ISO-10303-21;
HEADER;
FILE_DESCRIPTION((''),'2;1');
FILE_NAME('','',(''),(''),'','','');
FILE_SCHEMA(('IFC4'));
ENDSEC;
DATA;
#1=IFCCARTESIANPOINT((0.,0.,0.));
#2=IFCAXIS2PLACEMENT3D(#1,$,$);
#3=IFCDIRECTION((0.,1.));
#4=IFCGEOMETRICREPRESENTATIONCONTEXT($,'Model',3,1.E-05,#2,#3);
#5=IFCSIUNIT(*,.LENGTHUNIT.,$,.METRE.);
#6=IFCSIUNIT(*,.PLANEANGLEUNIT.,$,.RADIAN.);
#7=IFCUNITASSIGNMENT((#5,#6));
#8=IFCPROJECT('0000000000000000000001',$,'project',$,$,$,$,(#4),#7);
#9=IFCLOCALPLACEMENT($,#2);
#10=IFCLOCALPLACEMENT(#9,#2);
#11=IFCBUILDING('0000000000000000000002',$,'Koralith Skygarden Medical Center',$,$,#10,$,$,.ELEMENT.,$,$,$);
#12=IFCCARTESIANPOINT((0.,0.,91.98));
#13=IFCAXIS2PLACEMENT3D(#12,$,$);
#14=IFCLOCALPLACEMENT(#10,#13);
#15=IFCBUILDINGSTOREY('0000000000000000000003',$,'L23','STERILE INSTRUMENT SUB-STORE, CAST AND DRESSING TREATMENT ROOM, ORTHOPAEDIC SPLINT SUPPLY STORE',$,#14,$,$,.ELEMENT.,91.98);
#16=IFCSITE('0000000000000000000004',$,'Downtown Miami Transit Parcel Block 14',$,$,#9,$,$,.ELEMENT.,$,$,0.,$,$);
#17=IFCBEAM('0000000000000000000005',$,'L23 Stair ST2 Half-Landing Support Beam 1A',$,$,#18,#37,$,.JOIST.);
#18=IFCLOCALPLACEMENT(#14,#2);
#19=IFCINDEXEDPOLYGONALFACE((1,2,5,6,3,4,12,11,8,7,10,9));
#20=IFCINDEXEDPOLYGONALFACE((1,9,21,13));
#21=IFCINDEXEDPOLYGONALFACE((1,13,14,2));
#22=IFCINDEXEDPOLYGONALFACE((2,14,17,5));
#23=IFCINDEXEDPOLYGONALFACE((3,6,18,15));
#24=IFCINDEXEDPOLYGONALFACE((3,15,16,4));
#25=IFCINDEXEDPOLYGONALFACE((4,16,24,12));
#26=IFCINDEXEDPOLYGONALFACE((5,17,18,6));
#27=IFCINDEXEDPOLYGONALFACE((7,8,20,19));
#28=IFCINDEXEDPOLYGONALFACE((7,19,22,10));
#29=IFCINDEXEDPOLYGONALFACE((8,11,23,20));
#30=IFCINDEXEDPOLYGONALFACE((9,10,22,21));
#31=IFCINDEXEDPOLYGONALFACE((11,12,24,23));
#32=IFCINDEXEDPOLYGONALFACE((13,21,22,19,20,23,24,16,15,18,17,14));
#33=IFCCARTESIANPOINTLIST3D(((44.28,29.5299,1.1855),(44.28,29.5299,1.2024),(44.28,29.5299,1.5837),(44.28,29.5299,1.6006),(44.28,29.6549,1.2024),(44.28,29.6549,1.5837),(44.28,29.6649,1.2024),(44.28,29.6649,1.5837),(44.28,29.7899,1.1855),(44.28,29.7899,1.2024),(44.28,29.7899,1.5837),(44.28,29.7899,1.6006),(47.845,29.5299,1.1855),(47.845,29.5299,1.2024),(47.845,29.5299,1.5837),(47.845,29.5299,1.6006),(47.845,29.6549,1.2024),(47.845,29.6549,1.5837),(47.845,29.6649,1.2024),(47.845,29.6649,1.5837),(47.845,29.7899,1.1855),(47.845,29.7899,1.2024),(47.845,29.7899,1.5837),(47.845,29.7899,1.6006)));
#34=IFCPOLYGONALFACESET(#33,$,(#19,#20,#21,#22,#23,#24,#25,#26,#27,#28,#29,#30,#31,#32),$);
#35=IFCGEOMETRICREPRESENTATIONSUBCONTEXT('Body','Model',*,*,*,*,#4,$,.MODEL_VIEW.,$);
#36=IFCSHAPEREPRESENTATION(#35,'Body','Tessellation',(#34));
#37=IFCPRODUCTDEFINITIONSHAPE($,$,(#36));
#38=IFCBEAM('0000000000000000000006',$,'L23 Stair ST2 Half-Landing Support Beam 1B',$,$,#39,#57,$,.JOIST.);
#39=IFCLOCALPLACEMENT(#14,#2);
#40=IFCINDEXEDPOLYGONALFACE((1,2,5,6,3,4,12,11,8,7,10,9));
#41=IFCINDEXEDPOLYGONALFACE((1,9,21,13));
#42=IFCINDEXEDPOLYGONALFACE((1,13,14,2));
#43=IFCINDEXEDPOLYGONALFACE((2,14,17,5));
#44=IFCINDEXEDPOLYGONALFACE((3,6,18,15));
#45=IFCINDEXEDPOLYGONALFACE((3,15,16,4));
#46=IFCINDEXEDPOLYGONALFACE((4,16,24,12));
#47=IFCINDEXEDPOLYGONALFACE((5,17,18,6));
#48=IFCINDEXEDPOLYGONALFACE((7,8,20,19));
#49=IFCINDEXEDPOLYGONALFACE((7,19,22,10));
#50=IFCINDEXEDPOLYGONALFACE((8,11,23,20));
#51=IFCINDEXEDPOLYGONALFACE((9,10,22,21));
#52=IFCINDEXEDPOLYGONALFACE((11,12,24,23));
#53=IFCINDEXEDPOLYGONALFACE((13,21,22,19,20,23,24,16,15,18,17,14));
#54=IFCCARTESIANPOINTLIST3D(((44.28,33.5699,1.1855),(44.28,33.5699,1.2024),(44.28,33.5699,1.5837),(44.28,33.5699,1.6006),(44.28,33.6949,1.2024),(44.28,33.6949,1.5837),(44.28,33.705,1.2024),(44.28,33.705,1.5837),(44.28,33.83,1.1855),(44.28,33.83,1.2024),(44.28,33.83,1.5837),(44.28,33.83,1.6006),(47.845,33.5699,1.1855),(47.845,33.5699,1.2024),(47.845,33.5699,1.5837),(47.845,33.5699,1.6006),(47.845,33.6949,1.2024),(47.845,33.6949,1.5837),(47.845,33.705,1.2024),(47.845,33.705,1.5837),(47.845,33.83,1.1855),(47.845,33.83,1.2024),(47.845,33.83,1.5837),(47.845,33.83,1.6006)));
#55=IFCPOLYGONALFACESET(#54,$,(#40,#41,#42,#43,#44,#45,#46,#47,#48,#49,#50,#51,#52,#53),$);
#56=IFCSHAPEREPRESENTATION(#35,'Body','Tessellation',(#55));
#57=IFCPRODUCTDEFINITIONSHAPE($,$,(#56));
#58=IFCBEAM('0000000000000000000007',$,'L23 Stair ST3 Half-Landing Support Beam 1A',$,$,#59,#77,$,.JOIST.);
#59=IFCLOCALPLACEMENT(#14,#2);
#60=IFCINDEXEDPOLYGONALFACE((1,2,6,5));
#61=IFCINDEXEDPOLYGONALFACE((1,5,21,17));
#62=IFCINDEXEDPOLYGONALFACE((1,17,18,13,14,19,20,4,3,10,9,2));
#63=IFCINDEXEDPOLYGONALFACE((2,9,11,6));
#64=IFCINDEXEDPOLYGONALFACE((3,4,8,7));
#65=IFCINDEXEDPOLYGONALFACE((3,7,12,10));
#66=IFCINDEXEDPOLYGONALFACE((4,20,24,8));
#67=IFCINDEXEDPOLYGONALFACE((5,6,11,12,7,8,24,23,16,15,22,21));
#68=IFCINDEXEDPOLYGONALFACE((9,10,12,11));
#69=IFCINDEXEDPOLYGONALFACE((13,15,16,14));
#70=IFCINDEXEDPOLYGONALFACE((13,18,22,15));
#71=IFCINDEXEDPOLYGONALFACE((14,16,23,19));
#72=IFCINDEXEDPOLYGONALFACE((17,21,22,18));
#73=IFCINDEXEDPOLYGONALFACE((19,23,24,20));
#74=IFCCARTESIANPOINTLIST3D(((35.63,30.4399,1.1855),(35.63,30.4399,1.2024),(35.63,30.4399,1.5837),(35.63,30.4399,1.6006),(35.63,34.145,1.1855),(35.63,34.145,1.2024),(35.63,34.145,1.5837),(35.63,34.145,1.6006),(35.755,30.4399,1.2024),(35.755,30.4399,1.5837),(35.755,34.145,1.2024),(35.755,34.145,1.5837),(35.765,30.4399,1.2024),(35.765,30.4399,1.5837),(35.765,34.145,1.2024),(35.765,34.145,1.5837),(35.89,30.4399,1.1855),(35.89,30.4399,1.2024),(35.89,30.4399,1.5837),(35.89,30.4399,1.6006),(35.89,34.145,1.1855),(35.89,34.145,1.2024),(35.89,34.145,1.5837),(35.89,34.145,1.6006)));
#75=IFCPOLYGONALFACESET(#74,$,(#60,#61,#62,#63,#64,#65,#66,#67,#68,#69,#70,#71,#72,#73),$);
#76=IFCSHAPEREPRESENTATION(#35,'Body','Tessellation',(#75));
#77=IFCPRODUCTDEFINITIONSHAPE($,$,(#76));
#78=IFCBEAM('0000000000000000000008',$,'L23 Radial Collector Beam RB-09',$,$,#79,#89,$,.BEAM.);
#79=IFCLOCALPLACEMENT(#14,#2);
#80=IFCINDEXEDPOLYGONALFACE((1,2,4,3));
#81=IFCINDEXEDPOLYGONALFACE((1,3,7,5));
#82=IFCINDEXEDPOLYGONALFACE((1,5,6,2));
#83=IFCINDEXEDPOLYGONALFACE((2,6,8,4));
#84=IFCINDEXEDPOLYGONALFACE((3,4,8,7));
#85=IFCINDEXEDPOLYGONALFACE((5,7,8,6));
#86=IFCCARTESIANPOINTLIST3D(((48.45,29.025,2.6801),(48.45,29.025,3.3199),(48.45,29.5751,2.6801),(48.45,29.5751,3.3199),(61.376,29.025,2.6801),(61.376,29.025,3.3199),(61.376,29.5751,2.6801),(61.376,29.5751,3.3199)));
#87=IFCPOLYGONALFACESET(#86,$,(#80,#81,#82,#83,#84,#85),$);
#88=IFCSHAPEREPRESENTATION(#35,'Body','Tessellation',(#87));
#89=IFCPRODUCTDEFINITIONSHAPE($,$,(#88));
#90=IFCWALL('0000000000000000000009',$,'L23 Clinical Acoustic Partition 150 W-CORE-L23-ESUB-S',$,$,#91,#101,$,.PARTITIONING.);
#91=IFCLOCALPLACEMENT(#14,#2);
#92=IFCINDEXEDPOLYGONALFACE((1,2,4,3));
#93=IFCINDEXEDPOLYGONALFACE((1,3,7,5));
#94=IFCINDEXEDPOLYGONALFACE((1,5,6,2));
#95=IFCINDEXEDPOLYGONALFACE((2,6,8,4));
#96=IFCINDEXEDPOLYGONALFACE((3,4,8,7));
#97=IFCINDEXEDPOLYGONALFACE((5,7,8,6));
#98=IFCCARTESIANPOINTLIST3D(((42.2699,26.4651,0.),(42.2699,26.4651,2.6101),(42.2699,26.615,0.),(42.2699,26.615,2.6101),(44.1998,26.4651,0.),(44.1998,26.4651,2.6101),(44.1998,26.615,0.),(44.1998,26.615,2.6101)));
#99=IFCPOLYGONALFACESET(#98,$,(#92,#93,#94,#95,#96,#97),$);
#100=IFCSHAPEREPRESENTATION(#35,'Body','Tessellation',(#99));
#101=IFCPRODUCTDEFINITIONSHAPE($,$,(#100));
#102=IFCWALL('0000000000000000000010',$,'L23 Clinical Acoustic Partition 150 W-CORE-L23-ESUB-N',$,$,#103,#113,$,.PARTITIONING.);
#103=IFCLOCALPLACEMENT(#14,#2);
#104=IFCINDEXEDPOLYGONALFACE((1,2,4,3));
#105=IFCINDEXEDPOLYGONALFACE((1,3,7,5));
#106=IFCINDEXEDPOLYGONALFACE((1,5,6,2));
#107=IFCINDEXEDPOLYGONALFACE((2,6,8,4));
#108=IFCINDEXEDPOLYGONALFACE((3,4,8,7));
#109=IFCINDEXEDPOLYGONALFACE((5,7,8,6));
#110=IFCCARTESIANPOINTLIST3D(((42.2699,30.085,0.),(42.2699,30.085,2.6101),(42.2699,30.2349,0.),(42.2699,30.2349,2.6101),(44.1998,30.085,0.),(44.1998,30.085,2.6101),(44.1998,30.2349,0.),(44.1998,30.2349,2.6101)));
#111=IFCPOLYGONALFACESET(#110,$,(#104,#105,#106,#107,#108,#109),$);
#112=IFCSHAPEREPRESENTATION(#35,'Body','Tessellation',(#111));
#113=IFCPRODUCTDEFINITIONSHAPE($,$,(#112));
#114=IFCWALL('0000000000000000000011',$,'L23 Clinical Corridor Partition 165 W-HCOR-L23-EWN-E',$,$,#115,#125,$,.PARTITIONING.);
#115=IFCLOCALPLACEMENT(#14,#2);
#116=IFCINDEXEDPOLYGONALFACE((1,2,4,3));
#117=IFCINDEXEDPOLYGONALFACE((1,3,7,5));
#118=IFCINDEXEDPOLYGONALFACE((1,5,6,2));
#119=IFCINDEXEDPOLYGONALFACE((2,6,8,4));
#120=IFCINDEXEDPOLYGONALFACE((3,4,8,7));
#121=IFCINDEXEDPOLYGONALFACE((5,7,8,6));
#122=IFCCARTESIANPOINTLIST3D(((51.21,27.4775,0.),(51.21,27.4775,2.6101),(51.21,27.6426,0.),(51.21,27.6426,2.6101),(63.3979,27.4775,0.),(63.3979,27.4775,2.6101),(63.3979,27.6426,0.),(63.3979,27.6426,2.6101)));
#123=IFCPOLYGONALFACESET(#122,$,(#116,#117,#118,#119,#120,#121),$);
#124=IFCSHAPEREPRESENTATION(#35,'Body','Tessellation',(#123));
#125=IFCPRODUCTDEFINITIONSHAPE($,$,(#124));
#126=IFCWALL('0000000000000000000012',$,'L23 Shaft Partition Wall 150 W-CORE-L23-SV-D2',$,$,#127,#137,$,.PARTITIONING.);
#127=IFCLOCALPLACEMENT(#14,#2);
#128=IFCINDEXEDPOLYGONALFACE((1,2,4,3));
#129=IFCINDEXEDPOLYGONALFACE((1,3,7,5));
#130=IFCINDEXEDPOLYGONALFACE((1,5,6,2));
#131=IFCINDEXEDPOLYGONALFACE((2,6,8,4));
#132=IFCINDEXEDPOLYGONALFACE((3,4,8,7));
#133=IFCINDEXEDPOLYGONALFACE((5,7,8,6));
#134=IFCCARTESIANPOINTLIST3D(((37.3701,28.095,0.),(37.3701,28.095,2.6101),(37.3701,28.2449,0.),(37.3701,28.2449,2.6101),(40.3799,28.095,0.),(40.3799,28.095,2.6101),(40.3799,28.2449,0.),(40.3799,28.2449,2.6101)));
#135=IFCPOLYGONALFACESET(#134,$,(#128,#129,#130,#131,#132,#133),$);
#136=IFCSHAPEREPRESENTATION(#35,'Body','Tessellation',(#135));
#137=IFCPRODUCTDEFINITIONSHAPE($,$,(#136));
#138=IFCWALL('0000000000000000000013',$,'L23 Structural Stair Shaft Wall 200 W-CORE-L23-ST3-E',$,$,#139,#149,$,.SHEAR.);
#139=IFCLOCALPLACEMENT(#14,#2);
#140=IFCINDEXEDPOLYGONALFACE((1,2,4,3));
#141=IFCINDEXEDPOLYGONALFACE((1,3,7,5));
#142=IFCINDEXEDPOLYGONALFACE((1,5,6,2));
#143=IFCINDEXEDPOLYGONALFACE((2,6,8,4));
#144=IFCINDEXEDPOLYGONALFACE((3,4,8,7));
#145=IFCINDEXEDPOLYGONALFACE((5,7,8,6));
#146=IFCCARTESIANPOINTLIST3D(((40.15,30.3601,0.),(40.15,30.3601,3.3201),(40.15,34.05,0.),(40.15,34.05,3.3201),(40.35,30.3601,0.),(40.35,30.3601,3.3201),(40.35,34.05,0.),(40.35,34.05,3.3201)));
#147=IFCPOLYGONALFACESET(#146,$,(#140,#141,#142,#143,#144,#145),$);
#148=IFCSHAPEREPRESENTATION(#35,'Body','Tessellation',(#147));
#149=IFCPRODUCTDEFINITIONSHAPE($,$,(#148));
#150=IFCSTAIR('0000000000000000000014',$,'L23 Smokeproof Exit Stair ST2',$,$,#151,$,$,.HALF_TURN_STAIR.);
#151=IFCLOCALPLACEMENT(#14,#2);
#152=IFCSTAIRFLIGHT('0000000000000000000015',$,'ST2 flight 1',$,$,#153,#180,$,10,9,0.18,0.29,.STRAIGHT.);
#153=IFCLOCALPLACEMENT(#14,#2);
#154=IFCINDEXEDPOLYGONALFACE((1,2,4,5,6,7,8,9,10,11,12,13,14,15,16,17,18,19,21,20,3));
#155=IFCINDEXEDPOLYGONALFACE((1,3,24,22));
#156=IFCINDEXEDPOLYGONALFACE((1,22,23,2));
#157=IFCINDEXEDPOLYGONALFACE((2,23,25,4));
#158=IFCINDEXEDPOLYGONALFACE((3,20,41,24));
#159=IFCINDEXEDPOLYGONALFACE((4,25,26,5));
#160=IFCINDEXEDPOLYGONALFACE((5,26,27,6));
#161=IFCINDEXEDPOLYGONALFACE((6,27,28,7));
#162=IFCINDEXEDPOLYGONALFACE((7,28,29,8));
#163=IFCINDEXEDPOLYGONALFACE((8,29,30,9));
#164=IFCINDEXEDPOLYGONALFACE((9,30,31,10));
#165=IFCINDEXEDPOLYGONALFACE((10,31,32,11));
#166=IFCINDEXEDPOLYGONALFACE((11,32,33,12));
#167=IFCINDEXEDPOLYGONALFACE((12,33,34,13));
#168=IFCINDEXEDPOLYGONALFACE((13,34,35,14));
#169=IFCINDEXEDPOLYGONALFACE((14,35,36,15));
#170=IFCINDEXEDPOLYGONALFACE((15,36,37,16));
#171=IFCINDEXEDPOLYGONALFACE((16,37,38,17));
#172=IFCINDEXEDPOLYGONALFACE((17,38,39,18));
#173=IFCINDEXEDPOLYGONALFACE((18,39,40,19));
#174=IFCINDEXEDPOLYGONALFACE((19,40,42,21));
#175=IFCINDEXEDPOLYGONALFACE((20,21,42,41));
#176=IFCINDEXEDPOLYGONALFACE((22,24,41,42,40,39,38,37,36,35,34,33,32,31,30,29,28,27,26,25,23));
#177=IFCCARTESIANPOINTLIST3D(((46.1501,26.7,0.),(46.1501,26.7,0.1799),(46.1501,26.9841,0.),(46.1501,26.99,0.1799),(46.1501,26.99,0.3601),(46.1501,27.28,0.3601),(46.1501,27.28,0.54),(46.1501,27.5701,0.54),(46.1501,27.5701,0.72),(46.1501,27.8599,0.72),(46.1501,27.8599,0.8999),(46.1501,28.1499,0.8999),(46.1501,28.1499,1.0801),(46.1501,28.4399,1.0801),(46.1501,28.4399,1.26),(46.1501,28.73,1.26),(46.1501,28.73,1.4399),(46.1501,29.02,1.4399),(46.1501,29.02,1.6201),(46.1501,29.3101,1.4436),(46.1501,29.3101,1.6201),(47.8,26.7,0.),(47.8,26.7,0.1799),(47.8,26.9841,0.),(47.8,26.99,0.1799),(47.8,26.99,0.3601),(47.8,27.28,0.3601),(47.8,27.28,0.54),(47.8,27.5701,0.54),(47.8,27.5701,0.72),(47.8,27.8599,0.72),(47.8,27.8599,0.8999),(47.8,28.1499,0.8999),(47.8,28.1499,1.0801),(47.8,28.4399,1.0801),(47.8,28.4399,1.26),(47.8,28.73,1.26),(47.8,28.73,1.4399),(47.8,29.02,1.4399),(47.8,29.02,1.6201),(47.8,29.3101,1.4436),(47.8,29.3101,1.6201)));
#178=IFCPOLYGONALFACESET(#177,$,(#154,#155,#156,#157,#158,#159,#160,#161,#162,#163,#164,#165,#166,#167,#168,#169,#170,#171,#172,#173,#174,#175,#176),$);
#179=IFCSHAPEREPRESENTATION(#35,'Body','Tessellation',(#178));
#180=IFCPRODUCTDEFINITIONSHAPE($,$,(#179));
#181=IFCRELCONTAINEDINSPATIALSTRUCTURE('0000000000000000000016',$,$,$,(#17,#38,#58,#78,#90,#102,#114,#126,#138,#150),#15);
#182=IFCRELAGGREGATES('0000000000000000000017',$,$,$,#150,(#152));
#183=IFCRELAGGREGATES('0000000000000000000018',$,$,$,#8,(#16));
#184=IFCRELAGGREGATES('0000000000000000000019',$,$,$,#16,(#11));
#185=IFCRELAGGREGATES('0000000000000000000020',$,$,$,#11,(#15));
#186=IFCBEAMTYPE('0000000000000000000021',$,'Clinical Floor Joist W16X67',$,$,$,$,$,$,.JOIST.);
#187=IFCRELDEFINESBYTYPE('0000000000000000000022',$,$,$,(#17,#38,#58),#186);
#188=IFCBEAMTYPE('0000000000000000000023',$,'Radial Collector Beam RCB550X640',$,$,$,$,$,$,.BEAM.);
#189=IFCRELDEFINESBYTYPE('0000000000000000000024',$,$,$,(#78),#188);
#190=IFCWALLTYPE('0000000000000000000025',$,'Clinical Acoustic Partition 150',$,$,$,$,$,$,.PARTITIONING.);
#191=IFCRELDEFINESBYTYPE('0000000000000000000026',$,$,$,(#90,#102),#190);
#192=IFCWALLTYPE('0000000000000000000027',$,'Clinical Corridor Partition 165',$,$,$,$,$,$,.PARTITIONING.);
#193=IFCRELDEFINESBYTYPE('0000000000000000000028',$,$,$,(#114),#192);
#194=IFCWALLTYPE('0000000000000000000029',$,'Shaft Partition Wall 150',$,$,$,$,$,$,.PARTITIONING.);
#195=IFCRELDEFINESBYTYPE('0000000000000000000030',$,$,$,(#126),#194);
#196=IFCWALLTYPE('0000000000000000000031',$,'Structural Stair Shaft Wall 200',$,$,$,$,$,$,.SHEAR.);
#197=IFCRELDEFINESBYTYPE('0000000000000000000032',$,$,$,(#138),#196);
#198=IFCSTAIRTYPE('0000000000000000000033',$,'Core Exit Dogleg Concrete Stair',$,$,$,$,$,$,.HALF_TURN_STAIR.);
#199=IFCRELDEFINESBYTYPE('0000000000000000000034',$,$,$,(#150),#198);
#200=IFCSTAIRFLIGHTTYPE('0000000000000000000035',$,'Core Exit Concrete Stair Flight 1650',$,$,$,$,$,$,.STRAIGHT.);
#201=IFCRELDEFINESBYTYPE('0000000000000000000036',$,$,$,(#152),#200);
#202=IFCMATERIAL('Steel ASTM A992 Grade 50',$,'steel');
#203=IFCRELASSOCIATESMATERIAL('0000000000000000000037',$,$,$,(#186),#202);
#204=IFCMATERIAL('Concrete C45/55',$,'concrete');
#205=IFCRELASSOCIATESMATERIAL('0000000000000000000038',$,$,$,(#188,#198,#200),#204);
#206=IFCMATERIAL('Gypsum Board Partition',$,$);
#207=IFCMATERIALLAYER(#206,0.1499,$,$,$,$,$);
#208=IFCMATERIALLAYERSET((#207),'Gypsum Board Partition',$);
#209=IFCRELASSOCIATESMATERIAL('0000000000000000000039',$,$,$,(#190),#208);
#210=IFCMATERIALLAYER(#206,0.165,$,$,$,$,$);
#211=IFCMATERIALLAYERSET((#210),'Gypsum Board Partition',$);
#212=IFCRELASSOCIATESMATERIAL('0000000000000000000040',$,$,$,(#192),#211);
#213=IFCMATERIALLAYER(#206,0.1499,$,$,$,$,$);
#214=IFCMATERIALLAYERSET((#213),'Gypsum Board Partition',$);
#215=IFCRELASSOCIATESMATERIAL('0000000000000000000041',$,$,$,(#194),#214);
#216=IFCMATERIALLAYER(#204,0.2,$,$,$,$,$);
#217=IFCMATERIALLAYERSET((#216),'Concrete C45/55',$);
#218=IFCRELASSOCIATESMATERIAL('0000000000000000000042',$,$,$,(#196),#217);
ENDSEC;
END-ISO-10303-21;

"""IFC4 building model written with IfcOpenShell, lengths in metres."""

from ifc_helpers import new_model, si_unit, direction, frame, frame_2d, origin, origin_2d, place, context, subcontext, project, spatial, polyline, rectangle, i_section, outline, extrude, material, layer, layer_set, material_profile, profile_set, type_object, element, aggregate, save


model = new_model("IFC4")

# Units and contexts
model_context = context("Model", 3, precision=1e-05, world=origin(), true_north=direction((0.0, 1.0)))
body_context = subcontext(model_context, "Body", "Model", "MODEL_VIEW")
ifc_project = project(units=[si_unit("LENGTHUNIT", "METRE"), si_unit("PLANEANGLEUNIT", "RADIAN")], contexts=[model_context])

# Site, building, storey
site_placement = place(None, origin())
site = spatial("IfcSite", under=ifc_project, at=site_placement, Name="Downtown Miami Transit Parcel Block 14", CompositionType="ELEMENT", RefElevation=0.0)
building_placement = place(site_placement, origin())
building = spatial("IfcBuilding", under=site, at=building_placement, Name="Koralith Skygarden Medical Center", CompositionType="ELEMENT")
storey_placement = place(building_placement, frame((0.0, 0.0, 91.98)))
storey = spatial("IfcBuildingStorey", under=building, at=storey_placement, Name="L23", Description="STERILE INSTRUMENT SUB-STORE, CAST AND DRESSING TREATMENT ROOM, ORTHOPAEDIC SPLINT SUPPLY STORE", CompositionType="ELEMENT", Elevation=91.98)

# Beams
ifc_material_1 = material(Name="Steel ASTM A992 Grade 50", Category="steel")
ifc_material_profile_1 = material_profile(ifc_material_1, i_section(OverallWidth=0.26, OverallDepth=0.415, WebThickness=0.01, FlangeThickness=0.0168, at=origin_2d()), Name="W16X67")
ifc_profile_set_1 = profile_set([ifc_material_profile_1], Name="Steel ASTM A992 Grade 50")
beam_type_1 = type_object("IfcBeamType", Name="Clinical Floor Joist W16X67", PredefinedType="JOIST", material=ifc_profile_set_1)
for number, where, z_axis, x_axis, name in (
    (1, (44.28, 29.6599, 1.3931), (1.0, 0.0, 0.0), (0.0, 1.0, 0.0), "L23 Stair ST2 Half-Landing Support Beam 1A"),
    (2, (44.28, 33.7, 1.3931), (1.0, 0.0, 0.0), (0.0, 1.0, 0.0), "L23 Stair ST2 Half-Landing Support Beam 1B"),
):
    element("IfcBeam", number, at=place(storey_placement, frame(where, z_axis=z_axis, x_axis=x_axis)), inside=storey, type_object=beam_type_1, Name=name, PredefinedType="JOIST", context=body_context, shape_type="SweptSolid", body=[
        extrude(i_section(OverallWidth=0.26, OverallDepth=0.415, WebThickness=0.01, FlangeThickness=0.0168, at=origin_2d()), origin(), (0.0, 0.0, 1.0), 3.5649),
    ])
beam_1_placement = place(storey_placement, frame((35.76, 30.4399, 1.3931), z_axis=(0.0, 1.0, 0.0), x_axis=(-1.0, 0.0, 0.0)))
element("IfcBeam", 3, at=beam_1_placement, inside=storey, type_object=beam_type_1, Name="L23 Stair ST3 Half-Landing Support Beam 1A", PredefinedType="JOIST", context=body_context, shape_type="SweptSolid", body=[
    extrude(i_section(OverallWidth=0.26, OverallDepth=0.415, WebThickness=0.01, FlangeThickness=0.0168, at=origin_2d()), origin(), (0.0, 0.0, 1.0), 3.7051),
])
ifc_material_2 = material(Name="Concrete C45/55", Category="concrete")
ifc_material_profile_2 = material_profile(ifc_material_2, rectangle(XDim=0.55, YDim=0.6399, at=origin_2d()), Name="RCB550X640")
ifc_profile_set_2 = profile_set([ifc_material_profile_2], Name="Concrete C45/55")
beam_type_2 = type_object("IfcBeamType", Name="Radial Collector Beam RCB550X640", PredefinedType="BEAM", material=ifc_profile_set_2)
beam_2_placement = place(storey_placement, frame((48.45, 29.3, 3.0), z_axis=(1.0, 0.0, 0.0), x_axis=(0.0, 1.0, 0.0)))
element("IfcBeam", 4, at=beam_2_placement, inside=storey, type_object=beam_type_2, Name="L23 Radial Collector Beam RB-09", PredefinedType="BEAM", context=body_context, shape_type="SweptSolid", body=[
    extrude(rectangle(XDim=0.55, YDim=0.6399, at=origin_2d()), origin(), (0.0, 0.0, 1.0), 12.926),
])

# Walls
ifc_material_3 = material(Name="Gypsum Board Partition")
ifc_layer_1 = layer(ifc_material_3, 0.1499)
ifc_layer_set_1 = layer_set([ifc_layer_1], Name="Gypsum Board Partition")
wall_type_1 = type_object("IfcWallType", Name="Clinical Acoustic Partition 150", PredefinedType="PARTITIONING", material=ifc_layer_set_1)
for number, where, z_axis, x_axis, name in (
    (5, (42.27, 26.54, 0.0), (0.0, 0.0, 1.0), (1.0, 0.0, 0.0), "L23 Clinical Acoustic Partition 150 W-CORE-L23-ESUB-S"),
    (6, (42.27, 30.1599, 0.0), (0.0, 0.0, 1.0), (1.0, 0.0, 0.0), "L23 Clinical Acoustic Partition 150 W-CORE-L23-ESUB-N"),
):
    element("IfcWall", number, at=place(storey_placement, frame(where, z_axis=z_axis, x_axis=x_axis)), inside=storey, type_object=wall_type_1, Name=name, PredefinedType="PARTITIONING", context=body_context, shape_type="SweptSolid", body=[
        extrude(rectangle(XDim=1.9299, YDim=0.1499, at=frame_2d((0.9648, 0.0))), origin(), (0.0, 0.0, 1.0), 2.6101),
    ])
ifc_layer_2 = layer(ifc_material_3, 0.165)
ifc_layer_set_2 = layer_set([ifc_layer_2], Name="Gypsum Board Partition")
wall_type_2 = type_object("IfcWallType", Name="Clinical Corridor Partition 165", PredefinedType="PARTITIONING", material=ifc_layer_set_2)
wall_1_placement = place(storey_placement, frame((51.21, 27.5601, 0.0), z_axis=(0.0, 0.0, 1.0), x_axis=(1.0, 0.0, 0.0)))
element("IfcWall", 7, at=wall_1_placement, inside=storey, type_object=wall_type_2, Name="L23 Clinical Corridor Partition 165 W-HCOR-L23-EWN-E", PredefinedType="PARTITIONING", context=body_context, shape_type="SweptSolid", body=[
    extrude(rectangle(XDim=12.188, YDim=0.165, at=frame_2d((6.094, 0.0))), origin(), (0.0, 0.0, 1.0), 2.6101),
])
ifc_layer_3 = layer(ifc_material_3, 0.1499)
ifc_layer_set_3 = layer_set([ifc_layer_3], Name="Gypsum Board Partition")
wall_type_3 = type_object("IfcWallType", Name="Shaft Partition Wall 150", PredefinedType="PARTITIONING", material=ifc_layer_set_3)
wall_2_placement = place(storey_placement, frame((37.3701, 28.1699, 0.0), z_axis=(0.0, 0.0, 1.0), x_axis=(1.0, 0.0, 0.0)))
element("IfcWall", 8, at=wall_2_placement, inside=storey, type_object=wall_type_3, Name="L23 Shaft Partition Wall 150 W-CORE-L23-SV-D2", PredefinedType="PARTITIONING", context=body_context, shape_type="SweptSolid", body=[
    extrude(rectangle(XDim=3.0098, YDim=0.1499, at=frame_2d((1.5049, 0.0))), origin(), (0.0, 0.0, 1.0), 2.6101),
])
ifc_layer_4 = layer(ifc_material_2, 0.2)
ifc_layer_set_4 = layer_set([ifc_layer_4], Name="Concrete C45/55")
wall_type_4 = type_object("IfcWallType", Name="Structural Stair Shaft Wall 200", PredefinedType="SHEAR", material=ifc_layer_set_4)
wall_3_placement = place(storey_placement, frame((40.25, 30.3601, 0.0), z_axis=(0.0, 0.0, 1.0), x_axis=(0.0, 1.0, 0.0)))
element("IfcWall", 9, at=wall_3_placement, inside=storey, type_object=wall_type_4, Name="L23 Structural Stair Shaft Wall 200 W-CORE-L23-ST3-E", PredefinedType="SHEAR", context=body_context, shape_type="SweptSolid", body=[
    extrude(rectangle(XDim=3.6899, YDim=0.2, at=frame_2d((1.845, 0.0))), origin(), (0.0, 0.0, 1.0), 3.3201),
])

# Stair, stair flight
stair_type = type_object("IfcStairType", Name="Core Exit Dogleg Concrete Stair", PredefinedType="HALF_TURN_STAIR", material=ifc_material_2)
stair_placement = place(storey_placement, origin())
stair = element("IfcStair", 10, at=stair_placement, inside=storey, type_object=stair_type, Name="L23 Smokeproof Exit Stair ST2", PredefinedType="HALF_TURN_STAIR")
stair_flight_type = type_object("IfcStairFlightType", Name="Core Exit Concrete Stair Flight 1650", PredefinedType="STRAIGHT", material=ifc_material_2)
stair_flight_1_placement = place(storey_placement, frame((46.9751, 26.7, 0.0), z_axis=(0.0, 0.0, 1.0), x_axis=(0.0, 1.0, 0.0)))
stair_flight_1 = element("IfcStairFlight", 11, at=stair_flight_1_placement, type_object=stair_flight_type, Name="ST2 flight 1", NumberOfRisers=10, NumberOfTreads=9, PredefinedType="STRAIGHT", RiserHeight=0.18, TreadLength=0.29, context=body_context, shape_type="SweptSolid", body=[
    extrude(outline(polyline([(0.0, 0.0), (0.0, 0.1799), (0.29, 0.1799), (0.29, 0.3601), (0.5801, 0.3601), (0.5801, 0.54), (0.8701, 0.54), (0.8701, 0.72), (1.1599, 0.72), (1.1599, 0.8999), (1.45, 0.8999), (1.45, 1.0801), (1.74, 1.0801), (1.74, 1.26), (2.03, 1.26), (2.03, 1.4399), (2.3201, 1.4399), (2.3201, 1.6201), (2.6101, 1.6201), (2.6101, 1.8), (2.6101, 1.4436), (0.2842, 0.0), (0.0, 0.0)])), frame((0.0, 0.825, 0.0), z_axis=(0.0, -1.0, 0.0), x_axis=(1.0, 0.0, 0.0)), (0.0, 0.0, 1.0), 1.6499),
])
aggregate(stair, [stair_flight_1])

save(model, "model.ifc")
